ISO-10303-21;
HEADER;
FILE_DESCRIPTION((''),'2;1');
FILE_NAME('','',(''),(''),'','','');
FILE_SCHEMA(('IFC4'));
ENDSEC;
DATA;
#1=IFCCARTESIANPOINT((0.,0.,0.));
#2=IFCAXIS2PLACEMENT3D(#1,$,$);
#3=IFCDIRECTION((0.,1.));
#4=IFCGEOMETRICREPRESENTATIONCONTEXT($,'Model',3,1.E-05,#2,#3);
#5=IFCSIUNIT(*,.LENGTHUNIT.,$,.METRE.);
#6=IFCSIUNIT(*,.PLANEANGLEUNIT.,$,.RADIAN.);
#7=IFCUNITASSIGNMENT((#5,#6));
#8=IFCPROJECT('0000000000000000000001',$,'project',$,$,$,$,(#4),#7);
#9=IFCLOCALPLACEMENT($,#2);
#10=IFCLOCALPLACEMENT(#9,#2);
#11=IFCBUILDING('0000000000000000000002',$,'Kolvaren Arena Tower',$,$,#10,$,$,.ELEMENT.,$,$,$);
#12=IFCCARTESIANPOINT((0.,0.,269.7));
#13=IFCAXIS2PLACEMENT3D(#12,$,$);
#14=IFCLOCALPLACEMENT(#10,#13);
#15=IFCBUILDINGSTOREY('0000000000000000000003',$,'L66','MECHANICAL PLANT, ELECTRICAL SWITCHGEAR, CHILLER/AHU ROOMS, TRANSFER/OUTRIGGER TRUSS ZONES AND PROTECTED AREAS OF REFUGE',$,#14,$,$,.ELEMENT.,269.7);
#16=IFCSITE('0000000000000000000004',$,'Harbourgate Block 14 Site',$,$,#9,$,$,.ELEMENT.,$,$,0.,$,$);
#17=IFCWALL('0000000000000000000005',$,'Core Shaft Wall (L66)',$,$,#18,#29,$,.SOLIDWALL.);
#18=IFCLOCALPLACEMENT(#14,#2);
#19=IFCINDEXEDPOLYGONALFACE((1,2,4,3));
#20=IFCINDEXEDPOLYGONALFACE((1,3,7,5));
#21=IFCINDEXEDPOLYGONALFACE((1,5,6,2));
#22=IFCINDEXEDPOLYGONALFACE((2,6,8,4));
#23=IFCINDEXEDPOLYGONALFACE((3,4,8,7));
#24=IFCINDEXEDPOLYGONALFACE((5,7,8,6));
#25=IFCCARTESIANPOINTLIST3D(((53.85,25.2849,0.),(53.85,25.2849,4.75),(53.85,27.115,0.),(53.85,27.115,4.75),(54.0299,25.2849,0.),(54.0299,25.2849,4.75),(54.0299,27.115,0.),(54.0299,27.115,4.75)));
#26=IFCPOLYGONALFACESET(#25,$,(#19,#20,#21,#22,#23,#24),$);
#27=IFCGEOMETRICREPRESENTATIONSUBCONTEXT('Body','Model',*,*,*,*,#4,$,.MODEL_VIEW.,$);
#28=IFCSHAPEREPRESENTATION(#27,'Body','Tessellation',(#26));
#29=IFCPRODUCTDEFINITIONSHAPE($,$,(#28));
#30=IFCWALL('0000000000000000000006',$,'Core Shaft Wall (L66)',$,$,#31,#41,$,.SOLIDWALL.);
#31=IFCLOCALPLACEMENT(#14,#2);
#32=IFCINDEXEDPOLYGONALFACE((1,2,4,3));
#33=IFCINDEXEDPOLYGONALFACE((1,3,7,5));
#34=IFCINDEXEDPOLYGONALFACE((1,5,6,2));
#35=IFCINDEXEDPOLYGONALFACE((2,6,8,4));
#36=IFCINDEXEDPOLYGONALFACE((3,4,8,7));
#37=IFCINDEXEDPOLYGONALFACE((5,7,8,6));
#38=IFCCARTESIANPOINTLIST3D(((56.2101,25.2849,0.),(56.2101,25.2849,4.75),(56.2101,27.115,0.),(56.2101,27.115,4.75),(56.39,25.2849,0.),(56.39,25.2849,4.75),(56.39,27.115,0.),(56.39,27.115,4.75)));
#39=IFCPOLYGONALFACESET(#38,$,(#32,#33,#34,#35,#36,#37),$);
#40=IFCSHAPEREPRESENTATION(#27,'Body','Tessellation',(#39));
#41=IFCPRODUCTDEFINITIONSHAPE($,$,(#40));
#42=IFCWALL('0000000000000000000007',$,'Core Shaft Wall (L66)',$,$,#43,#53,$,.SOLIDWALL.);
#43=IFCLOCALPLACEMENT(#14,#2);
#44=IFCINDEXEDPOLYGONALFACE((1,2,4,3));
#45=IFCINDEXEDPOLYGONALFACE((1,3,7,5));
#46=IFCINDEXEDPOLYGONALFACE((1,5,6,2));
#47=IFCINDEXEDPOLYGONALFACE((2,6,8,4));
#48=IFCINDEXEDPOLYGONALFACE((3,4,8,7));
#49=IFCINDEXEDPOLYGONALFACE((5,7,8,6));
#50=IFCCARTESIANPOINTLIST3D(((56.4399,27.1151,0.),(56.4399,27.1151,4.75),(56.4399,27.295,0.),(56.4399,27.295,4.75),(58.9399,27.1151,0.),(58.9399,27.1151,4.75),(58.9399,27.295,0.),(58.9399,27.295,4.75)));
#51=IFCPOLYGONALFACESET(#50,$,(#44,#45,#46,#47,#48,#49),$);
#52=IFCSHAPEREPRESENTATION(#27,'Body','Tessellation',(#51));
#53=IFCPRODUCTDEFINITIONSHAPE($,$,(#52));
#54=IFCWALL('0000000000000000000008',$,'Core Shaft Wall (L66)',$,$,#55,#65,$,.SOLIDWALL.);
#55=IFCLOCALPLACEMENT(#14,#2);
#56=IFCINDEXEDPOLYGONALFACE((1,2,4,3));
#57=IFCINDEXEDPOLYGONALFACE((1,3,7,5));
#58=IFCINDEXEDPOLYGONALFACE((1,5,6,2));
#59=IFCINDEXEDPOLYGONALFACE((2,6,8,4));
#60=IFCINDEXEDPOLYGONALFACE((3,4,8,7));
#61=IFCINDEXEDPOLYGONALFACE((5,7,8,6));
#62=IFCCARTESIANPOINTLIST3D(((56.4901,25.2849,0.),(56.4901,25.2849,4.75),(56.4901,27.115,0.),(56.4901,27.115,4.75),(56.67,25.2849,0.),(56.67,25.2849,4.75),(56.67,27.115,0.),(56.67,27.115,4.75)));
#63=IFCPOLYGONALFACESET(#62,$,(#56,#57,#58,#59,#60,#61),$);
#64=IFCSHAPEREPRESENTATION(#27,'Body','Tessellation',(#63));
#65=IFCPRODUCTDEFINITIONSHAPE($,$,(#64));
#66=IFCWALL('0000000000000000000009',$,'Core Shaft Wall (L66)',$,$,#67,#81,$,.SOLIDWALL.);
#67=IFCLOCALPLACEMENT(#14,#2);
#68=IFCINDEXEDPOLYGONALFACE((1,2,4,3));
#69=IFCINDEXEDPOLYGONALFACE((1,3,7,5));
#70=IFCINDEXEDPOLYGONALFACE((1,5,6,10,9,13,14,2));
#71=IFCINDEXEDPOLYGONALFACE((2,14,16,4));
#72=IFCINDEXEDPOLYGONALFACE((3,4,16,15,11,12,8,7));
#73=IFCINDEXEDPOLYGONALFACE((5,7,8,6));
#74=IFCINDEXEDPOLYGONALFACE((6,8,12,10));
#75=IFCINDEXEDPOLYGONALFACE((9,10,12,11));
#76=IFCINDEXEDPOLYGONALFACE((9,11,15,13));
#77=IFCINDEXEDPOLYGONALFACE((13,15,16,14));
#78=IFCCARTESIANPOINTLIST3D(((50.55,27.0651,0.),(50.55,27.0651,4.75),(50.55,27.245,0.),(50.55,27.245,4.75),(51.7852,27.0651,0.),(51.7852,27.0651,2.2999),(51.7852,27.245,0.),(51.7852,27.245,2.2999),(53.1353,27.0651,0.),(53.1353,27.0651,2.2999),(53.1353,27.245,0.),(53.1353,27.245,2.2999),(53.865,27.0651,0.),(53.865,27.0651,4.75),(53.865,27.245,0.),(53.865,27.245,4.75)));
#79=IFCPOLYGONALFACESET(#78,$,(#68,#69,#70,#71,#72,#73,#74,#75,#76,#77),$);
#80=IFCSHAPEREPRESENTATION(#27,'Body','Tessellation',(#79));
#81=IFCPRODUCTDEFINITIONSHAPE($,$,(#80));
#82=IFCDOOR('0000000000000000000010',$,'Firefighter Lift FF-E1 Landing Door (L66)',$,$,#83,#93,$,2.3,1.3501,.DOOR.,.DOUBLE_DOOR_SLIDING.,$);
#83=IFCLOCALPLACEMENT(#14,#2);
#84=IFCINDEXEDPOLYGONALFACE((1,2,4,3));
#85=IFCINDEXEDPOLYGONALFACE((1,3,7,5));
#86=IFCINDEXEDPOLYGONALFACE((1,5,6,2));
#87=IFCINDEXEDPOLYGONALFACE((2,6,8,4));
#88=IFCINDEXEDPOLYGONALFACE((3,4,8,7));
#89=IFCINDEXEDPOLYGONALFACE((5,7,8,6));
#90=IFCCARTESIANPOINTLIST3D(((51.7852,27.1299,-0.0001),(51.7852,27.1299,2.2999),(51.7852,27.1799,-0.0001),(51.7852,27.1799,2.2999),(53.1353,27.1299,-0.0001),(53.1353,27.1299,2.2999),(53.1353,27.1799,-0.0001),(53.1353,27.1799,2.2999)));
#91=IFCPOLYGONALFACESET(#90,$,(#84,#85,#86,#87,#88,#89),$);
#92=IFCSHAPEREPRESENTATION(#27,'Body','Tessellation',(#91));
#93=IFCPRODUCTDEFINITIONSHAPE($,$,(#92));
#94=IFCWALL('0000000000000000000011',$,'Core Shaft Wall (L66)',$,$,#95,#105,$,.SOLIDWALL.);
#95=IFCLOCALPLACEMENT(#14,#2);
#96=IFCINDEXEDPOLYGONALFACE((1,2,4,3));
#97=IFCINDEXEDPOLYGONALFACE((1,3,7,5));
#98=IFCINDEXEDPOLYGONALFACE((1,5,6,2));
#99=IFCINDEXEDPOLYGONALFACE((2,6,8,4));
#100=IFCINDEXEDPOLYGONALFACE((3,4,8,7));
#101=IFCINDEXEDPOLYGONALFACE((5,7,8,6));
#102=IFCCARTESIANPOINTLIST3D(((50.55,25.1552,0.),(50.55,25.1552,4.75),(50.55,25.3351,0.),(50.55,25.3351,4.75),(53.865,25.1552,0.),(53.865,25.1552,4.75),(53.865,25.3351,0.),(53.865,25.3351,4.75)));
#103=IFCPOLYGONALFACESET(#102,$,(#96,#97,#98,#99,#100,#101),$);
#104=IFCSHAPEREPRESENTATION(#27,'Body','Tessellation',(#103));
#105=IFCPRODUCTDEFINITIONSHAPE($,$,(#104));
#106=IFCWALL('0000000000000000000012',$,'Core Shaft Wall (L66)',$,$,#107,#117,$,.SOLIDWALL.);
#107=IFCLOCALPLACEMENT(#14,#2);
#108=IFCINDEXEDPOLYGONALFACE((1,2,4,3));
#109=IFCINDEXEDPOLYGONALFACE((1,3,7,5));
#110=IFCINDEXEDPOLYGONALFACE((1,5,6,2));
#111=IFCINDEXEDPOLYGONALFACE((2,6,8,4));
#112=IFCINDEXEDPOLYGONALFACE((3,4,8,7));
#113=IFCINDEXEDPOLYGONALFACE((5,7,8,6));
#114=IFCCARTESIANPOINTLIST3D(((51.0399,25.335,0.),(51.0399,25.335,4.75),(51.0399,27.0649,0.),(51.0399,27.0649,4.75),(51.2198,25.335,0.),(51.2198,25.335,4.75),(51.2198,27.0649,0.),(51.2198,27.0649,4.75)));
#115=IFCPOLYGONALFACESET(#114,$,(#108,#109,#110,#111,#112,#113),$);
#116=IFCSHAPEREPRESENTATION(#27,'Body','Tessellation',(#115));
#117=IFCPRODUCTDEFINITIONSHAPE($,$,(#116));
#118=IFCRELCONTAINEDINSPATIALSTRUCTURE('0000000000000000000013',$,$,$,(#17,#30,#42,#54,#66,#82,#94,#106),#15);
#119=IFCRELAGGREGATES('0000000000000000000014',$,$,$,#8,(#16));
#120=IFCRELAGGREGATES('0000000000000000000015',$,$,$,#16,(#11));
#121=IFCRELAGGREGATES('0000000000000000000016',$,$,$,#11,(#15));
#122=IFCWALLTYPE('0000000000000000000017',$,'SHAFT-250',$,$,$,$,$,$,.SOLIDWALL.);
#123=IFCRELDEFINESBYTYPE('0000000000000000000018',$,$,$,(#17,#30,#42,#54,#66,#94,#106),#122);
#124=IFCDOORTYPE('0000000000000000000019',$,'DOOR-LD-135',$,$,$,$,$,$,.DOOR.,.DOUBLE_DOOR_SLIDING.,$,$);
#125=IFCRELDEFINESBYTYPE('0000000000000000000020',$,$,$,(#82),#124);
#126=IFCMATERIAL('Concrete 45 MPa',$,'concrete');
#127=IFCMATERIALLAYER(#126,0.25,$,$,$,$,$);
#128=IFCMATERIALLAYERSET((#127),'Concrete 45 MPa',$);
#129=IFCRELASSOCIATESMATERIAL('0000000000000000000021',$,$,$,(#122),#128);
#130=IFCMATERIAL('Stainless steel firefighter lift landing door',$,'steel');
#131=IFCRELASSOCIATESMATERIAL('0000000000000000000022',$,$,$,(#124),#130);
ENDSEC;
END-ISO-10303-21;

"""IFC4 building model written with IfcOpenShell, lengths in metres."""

from ifc_helpers import new_model, si_unit, direction, frame, frame_2d, origin, place, context, subcontext, project, spatial, rectangle, extrude, material, layer, layer_set, type_object, element, fill, save


model = new_model("IFC4")

# Units and contexts
model_context = context("Model", 3, precision=1e-05, world=origin(), true_north=direction((0.0, 1.0)))
body_context = subcontext(model_context, "Body", "Model", "MODEL_VIEW")
ifc_project = project(units=[si_unit("LENGTHUNIT", "METRE"), si_unit("PLANEANGLEUNIT", "RADIAN")], contexts=[model_context])

# Site, building, storey
site_placement = place(None, origin())
site = spatial("IfcSite", under=ifc_project, at=site_placement, Name="Harbourgate Block 14 Site", CompositionType="ELEMENT", RefElevation=0.0)
building_placement = place(site_placement, origin())
building = spatial("IfcBuilding", under=site, at=building_placement, Name="Kolvaren Arena Tower", CompositionType="ELEMENT")
storey_placement = place(building_placement, frame((0.0, 0.0, 269.7)))
storey = spatial("IfcBuildingStorey", under=building, at=storey_placement, Name="L66", Description="MECHANICAL PLANT, ELECTRICAL SWITCHGEAR, CHILLER/AHU ROOMS, TRANSFER/OUTRIGGER TRUSS ZONES AND PROTECTED AREAS OF REFUGE", CompositionType="ELEMENT", Elevation=269.7)

# Walls
ifc_material_1 = material(Name="Concrete 45 MPa", Category="concrete")
ifc_layer_1 = layer(ifc_material_1, 0.25)
ifc_layer_set_1 = layer_set([ifc_layer_1], Name="Concrete 45 MPa")
wall_type_1 = type_object("IfcWallType", Name="SHAFT-250", PredefinedType="SOLIDWALL", material=ifc_layer_set_1)
for number, where, z_axis, x_axis, name in (
    (1, (53.9399, 25.2849, 0.0), (0.0, 0.0, 1.0), (0.0, 1.0, 0.0), "Core Shaft Wall (L66)"),
    (2, (56.3, 25.2849, 0.0), (0.0, 0.0, 1.0), (0.0, 1.0, 0.0), "Core Shaft Wall (L66)"),
):
    element("IfcWall", number, at=place(storey_placement, frame(where, z_axis=z_axis, x_axis=x_axis)), inside=storey, type_object=wall_type_1, Name=name, PredefinedType="SOLIDWALL", context=body_context, shape_type="SweptSolid", body=[
        extrude(rectangle(XDim=1.8301, YDim=0.1799, at=frame_2d((0.915, 0.0))), origin(), (0.0, 0.0, 1.0), 4.75),
    ])
wall_1_placement = place(storey_placement, frame((56.4399, 27.2051, 0.0), z_axis=(0.0, 0.0, 1.0), x_axis=(1.0, 0.0, 0.0)))
element("IfcWall", 3, at=wall_1_placement, inside=storey, type_object=wall_type_1, Name="Core Shaft Wall (L66)", PredefinedType="SOLIDWALL", context=body_context, shape_type="SweptSolid", body=[
    extrude(rectangle(XDim=2.5, YDim=0.1799, at=frame_2d((1.25, 0.0))), origin(), (0.0, 0.0, 1.0), 4.75),
])
wall_2_placement = place(storey_placement, frame((56.5801, 25.2849, 0.0), z_axis=(0.0, 0.0, 1.0), x_axis=(0.0, 1.0, 0.0)))
element("IfcWall", 4, at=wall_2_placement, inside=storey, type_object=wall_type_1, Name="Core Shaft Wall (L66)", PredefinedType="SOLIDWALL", context=body_context, shape_type="SweptSolid", body=[
    extrude(rectangle(XDim=1.8301, YDim=0.1799, at=frame_2d((0.915, 0.0))), origin(), (0.0, 0.0, 1.0), 4.75),
])

# Wall, opening, door
wall_3_placement = place(storey_placement, frame((50.55, 27.155, 0.0), z_axis=(0.0, 0.0, 1.0), x_axis=(1.0, 0.0, 0.0)))
wall_3 = element("IfcWall", 5, at=wall_3_placement, inside=storey, type_object=wall_type_1, Name="Core Shaft Wall (L66)", PredefinedType="SOLIDWALL", context=body_context, shape_type="SweptSolid", body=[
    extrude(rectangle(XDim=3.3149, YDim=0.1799, at=frame_2d((1.6575, 0.0))), origin(), (0.0, 0.0, 1.0), 4.75),
])
opening_1_placement = place(wall_3_placement, frame((1.2351, 0.0, 0.0)))
opening_1 = element("IfcOpeningElement", 6, at=opening_1_placement, cuts=wall_3, PredefinedType="OPENING", context=body_context, shape_type="SweptSolid", body=[
    extrude(rectangle(XDim=1.3501, YDim=2.3, at=frame_2d((0.675, 1.1499))), frame((0.0, 0.0999, 0.0), z_axis=(0.0, -1.0, 0.0), x_axis=(1.0, 0.0, 0.0)), (0.0, 0.0, 1.0), 0.2),
])
ifc_material_2 = material(Name="Stainless steel firefighter lift landing door", Category="steel")
door_type_1 = type_object("IfcDoorType", Name="DOOR-LD-135", OperationType="DOUBLE_DOOR_SLIDING", PredefinedType="DOOR", material=ifc_material_2)
door_1_placement = place(opening_1_placement, origin())
door_1 = element("IfcDoor", 7, at=door_1_placement, inside=storey, type_object=door_type_1, Name="Firefighter Lift FF-E1 Landing Door (L66)", OperationType="DOUBLE_DOOR_SLIDING", OverallHeight=2.3, OverallWidth=1.3501, PredefinedType="DOOR", context=body_context, shape_type="SweptSolid", body=[
    extrude(rectangle(XDim=1.3501, YDim=2.3, at=frame_2d((0.675, 1.1499))), frame((0.0, 0.0249, 0.0), z_axis=(0.0, -1.0, 0.0), x_axis=(1.0, 0.0, 0.0)), (0.0, 0.0, 1.0), 0.05),
])
fill(opening_1, door_1)

# Walls
wall_4_placement = place(storey_placement, frame((50.55, 25.2451, 0.0), z_axis=(0.0, 0.0, 1.0), x_axis=(1.0, 0.0, 0.0)))
element("IfcWall", 8, at=wall_4_placement, inside=storey, type_object=wall_type_1, Name="Core Shaft Wall (L66)", PredefinedType="SOLIDWALL", context=body_context, shape_type="SweptSolid", body=[
    extrude(rectangle(XDim=3.3149, YDim=0.1799, at=frame_2d((1.6575, 0.0))), origin(), (0.0, 0.0, 1.0), 4.75),
])
wall_5_placement = place(storey_placement, frame((51.1299, 25.335, 0.0), z_axis=(0.0, 0.0, 1.0), x_axis=(0.0, 1.0, 0.0)))
element("IfcWall", 9, at=wall_5_placement, inside=storey, type_object=wall_type_1, Name="Core Shaft Wall (L66)", PredefinedType="SOLIDWALL", context=body_context, shape_type="SweptSolid", body=[
    extrude(rectangle(XDim=1.73, YDim=0.1799, at=frame_2d((0.865, 0.0))), origin(), (0.0, 0.0, 1.0), 4.75),
])

save(model, "model.ifc")
